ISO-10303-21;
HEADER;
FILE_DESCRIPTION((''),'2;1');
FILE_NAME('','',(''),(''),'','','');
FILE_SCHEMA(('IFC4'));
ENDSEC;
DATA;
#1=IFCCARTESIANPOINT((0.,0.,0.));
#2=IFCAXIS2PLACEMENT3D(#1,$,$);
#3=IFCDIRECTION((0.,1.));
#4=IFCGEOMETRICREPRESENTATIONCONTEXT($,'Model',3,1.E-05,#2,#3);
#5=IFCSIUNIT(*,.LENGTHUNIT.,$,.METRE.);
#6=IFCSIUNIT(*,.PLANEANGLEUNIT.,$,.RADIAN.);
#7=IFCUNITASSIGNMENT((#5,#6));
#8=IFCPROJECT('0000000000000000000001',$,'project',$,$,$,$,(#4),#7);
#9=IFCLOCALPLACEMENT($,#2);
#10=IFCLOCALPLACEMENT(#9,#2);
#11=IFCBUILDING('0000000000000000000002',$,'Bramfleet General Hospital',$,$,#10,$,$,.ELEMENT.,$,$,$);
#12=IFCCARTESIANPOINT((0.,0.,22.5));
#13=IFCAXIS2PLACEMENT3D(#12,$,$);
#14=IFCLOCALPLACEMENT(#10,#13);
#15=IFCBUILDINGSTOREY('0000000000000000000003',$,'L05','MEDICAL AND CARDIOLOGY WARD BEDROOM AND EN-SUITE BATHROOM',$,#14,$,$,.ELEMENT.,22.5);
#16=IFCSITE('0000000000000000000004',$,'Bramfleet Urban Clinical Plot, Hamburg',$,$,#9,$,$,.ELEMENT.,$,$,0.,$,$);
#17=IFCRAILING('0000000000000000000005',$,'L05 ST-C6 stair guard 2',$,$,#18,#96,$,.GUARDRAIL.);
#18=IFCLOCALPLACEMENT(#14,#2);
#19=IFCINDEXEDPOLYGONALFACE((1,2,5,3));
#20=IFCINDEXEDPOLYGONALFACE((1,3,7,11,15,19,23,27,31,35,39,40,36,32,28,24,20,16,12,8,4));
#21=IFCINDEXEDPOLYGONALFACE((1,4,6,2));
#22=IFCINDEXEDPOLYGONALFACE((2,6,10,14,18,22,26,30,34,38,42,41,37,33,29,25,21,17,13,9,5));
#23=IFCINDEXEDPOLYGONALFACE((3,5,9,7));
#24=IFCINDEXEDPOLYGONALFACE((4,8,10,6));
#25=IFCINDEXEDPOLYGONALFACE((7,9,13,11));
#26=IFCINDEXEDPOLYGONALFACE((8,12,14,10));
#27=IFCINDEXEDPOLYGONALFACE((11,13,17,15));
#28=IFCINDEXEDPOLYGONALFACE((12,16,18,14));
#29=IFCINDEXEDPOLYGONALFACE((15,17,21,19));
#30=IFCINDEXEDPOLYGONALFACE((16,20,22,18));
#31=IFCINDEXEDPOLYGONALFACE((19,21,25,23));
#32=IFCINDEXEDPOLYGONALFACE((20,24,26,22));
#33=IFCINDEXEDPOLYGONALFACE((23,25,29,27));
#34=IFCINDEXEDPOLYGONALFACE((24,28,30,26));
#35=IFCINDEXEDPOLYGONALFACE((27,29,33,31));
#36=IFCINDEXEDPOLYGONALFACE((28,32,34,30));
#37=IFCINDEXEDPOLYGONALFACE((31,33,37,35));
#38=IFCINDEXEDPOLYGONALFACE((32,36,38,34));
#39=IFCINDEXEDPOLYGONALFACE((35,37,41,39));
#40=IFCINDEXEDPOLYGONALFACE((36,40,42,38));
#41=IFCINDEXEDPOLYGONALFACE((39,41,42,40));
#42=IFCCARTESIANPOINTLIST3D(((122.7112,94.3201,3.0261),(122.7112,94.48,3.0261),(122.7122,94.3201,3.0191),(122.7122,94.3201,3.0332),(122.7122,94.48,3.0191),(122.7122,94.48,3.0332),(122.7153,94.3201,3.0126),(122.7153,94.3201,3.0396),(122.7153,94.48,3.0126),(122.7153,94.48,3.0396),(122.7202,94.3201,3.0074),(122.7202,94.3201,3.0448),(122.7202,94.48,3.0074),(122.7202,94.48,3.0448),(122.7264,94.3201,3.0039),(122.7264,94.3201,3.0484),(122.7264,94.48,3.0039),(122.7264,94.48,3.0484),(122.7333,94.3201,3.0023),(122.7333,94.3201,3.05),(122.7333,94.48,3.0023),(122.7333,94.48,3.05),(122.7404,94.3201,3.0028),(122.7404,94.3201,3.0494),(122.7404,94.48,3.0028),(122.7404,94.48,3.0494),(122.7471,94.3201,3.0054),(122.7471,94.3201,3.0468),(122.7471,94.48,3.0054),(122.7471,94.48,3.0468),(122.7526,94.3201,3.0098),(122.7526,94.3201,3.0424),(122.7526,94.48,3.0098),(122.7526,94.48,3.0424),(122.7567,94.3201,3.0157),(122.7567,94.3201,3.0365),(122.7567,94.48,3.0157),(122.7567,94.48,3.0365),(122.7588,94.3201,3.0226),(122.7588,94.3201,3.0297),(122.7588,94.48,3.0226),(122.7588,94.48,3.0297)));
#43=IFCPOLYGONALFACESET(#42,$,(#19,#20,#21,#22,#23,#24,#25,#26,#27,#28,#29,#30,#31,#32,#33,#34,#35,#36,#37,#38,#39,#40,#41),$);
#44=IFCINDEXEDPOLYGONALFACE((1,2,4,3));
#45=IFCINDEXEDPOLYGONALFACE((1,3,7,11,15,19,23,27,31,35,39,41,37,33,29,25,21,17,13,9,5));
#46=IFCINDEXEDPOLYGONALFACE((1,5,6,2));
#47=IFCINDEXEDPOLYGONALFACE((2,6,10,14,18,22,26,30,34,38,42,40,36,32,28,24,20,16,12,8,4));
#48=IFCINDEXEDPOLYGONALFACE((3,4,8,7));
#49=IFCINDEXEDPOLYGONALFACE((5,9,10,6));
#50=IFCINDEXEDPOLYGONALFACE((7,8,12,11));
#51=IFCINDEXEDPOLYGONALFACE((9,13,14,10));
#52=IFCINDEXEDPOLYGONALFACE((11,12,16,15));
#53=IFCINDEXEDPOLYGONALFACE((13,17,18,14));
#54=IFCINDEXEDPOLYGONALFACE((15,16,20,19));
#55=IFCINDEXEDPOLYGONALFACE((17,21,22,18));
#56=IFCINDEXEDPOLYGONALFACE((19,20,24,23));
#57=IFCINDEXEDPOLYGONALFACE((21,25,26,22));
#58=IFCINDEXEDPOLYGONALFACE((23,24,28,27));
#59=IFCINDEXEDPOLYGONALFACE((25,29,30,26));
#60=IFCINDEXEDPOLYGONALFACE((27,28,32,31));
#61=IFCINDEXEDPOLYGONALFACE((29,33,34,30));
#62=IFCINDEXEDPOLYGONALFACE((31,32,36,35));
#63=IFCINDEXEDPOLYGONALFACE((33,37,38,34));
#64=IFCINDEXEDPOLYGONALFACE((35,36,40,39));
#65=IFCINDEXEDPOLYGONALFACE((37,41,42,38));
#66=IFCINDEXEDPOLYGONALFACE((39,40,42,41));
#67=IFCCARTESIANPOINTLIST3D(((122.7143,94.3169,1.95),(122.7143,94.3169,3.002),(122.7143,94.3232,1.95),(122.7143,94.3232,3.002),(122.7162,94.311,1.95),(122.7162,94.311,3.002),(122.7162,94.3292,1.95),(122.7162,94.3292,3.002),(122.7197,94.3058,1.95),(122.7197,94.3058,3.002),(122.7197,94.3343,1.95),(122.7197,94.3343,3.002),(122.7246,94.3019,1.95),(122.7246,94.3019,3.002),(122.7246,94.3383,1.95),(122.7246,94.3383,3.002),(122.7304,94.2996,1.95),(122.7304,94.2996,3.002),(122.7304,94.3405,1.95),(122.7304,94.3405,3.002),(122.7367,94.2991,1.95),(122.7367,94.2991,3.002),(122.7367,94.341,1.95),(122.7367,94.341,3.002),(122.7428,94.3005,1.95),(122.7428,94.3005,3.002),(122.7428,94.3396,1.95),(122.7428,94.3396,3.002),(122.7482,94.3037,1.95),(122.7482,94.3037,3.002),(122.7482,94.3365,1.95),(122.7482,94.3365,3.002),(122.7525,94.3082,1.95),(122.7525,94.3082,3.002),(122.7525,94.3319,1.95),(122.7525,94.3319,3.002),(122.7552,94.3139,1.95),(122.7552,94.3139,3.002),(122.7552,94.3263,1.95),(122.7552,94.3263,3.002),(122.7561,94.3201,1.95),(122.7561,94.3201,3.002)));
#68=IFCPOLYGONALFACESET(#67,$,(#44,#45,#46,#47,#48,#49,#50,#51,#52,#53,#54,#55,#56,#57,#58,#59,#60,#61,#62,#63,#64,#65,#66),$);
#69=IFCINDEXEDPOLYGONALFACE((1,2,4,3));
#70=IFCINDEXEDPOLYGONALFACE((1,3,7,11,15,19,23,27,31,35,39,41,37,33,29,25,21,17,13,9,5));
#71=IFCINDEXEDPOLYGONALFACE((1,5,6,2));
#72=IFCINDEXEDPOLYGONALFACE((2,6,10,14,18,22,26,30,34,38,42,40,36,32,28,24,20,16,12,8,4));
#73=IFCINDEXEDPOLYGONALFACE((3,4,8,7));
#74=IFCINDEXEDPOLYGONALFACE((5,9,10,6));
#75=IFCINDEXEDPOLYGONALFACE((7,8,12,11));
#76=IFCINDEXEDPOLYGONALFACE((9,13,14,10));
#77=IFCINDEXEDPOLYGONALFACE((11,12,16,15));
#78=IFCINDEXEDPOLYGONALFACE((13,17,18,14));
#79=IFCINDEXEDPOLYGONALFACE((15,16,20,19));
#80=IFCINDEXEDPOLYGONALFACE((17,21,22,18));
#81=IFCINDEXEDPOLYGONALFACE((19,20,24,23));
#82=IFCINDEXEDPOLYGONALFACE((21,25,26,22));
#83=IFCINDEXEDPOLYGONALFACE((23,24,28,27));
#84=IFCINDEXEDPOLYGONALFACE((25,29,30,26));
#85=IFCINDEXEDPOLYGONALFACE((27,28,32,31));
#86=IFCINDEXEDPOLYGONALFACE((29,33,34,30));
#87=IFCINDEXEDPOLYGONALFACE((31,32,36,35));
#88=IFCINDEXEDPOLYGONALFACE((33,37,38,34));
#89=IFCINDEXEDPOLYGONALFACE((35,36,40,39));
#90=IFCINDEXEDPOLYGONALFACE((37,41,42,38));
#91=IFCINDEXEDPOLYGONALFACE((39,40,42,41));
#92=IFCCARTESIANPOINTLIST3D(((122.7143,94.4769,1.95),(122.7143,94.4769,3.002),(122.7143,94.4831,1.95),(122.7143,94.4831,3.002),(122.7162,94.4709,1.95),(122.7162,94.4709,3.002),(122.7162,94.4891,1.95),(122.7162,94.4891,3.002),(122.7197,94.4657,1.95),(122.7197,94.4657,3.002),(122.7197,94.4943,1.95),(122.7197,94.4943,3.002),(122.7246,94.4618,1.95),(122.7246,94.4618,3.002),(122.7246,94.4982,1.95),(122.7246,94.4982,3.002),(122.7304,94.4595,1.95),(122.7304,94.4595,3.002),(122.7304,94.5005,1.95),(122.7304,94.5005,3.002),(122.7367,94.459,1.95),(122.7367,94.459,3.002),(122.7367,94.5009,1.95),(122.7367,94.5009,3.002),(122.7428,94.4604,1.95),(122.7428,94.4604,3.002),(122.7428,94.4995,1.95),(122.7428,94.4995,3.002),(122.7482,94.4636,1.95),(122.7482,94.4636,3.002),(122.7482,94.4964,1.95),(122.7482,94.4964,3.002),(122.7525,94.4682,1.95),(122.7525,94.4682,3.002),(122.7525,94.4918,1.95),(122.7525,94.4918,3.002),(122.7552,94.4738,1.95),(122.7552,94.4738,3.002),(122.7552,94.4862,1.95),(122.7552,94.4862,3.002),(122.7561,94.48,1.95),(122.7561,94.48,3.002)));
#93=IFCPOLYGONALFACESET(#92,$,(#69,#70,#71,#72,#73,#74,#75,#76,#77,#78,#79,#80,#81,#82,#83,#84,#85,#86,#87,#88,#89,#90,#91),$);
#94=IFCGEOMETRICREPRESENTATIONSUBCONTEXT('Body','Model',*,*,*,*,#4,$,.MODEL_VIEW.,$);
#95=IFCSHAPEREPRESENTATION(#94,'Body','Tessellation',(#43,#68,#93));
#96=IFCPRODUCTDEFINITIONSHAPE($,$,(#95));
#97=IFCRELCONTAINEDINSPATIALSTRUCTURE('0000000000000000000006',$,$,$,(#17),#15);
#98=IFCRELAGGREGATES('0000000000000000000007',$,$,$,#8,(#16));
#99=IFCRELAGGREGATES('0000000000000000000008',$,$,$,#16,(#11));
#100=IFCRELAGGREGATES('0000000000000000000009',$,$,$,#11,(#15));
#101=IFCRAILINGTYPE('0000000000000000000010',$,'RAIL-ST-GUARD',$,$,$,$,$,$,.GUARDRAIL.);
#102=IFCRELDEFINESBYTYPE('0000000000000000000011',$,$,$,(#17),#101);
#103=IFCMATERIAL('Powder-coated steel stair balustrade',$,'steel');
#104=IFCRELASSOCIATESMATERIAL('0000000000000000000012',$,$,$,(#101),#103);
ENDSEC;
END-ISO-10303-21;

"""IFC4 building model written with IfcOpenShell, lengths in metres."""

from ifc_helpers import new_model, si_unit, direction, frame, origin, origin_2d, place, context, subcontext, project, spatial, circle, extrude, material, type_object, element, save


model = new_model("IFC4")

# Units and contexts
model_context = context("Model", 3, precision=1e-05, world=origin(), true_north=direction((0.0, 1.0)))
body_context = subcontext(model_context, "Body", "Model", "MODEL_VIEW")
ifc_project = project(units=[si_unit("LENGTHUNIT", "METRE"), si_unit("PLANEANGLEUNIT", "RADIAN")], contexts=[model_context])

# Site, building, storey
site_placement = place(None, origin())
site = spatial("IfcSite", under=ifc_project, at=site_placement, Name="Bramfleet Urban Clinical Plot, Hamburg", CompositionType="ELEMENT", RefElevation=0.0)
building_placement = place(site_placement, origin())
building = spatial("IfcBuilding", under=site, at=building_placement, Name="Bramfleet General Hospital", CompositionType="ELEMENT")
storey_placement = place(building_placement, frame((0.0, 0.0, 22.5)))
storey = spatial("IfcBuildingStorey", under=building, at=storey_placement, Name="L05", Description="MEDICAL AND CARDIOLOGY WARD BEDROOM AND EN-SUITE BATHROOM", CompositionType="ELEMENT", Elevation=22.5)

# Railing
ifc_material_1 = material(Name="Powder-coated steel stair balustrade", Category="steel")
railing_type_1 = type_object("IfcRailingType", Name="RAIL-ST-GUARD", PredefinedType="GUARDRAIL", material=ifc_material_1)
railing_1_placement = place(storey_placement, frame((122.7351, 94.3201, 1.95)))
element("IfcRailing", 1, at=railing_1_placement, inside=storey, type_object=railing_type_1, Name="L05 ST-C6 stair guard 2", PredefinedType="GUARDRAIL", context=body_context, shape_type="SweptSolid", body=[
    extrude(circle(Radius=0.0239, at=origin_2d()), frame((0.0, 0.0, 1.0762), z_axis=(0.0, 1.0, 0.0), x_axis=(-1.0, 0.0, 0.0)), (0.0, 0.0, 1.0), 0.1599),
    extrude(circle(Radius=0.021, at=origin_2d()), origin(), (0.0, 0.0, 1.0), 1.052),
    extrude(circle(Radius=0.021, at=origin_2d()), frame((0.0, 0.1599, 0.0)), (0.0, 0.0, 1.0), 1.052),
])

save(model, "model.ifc")
